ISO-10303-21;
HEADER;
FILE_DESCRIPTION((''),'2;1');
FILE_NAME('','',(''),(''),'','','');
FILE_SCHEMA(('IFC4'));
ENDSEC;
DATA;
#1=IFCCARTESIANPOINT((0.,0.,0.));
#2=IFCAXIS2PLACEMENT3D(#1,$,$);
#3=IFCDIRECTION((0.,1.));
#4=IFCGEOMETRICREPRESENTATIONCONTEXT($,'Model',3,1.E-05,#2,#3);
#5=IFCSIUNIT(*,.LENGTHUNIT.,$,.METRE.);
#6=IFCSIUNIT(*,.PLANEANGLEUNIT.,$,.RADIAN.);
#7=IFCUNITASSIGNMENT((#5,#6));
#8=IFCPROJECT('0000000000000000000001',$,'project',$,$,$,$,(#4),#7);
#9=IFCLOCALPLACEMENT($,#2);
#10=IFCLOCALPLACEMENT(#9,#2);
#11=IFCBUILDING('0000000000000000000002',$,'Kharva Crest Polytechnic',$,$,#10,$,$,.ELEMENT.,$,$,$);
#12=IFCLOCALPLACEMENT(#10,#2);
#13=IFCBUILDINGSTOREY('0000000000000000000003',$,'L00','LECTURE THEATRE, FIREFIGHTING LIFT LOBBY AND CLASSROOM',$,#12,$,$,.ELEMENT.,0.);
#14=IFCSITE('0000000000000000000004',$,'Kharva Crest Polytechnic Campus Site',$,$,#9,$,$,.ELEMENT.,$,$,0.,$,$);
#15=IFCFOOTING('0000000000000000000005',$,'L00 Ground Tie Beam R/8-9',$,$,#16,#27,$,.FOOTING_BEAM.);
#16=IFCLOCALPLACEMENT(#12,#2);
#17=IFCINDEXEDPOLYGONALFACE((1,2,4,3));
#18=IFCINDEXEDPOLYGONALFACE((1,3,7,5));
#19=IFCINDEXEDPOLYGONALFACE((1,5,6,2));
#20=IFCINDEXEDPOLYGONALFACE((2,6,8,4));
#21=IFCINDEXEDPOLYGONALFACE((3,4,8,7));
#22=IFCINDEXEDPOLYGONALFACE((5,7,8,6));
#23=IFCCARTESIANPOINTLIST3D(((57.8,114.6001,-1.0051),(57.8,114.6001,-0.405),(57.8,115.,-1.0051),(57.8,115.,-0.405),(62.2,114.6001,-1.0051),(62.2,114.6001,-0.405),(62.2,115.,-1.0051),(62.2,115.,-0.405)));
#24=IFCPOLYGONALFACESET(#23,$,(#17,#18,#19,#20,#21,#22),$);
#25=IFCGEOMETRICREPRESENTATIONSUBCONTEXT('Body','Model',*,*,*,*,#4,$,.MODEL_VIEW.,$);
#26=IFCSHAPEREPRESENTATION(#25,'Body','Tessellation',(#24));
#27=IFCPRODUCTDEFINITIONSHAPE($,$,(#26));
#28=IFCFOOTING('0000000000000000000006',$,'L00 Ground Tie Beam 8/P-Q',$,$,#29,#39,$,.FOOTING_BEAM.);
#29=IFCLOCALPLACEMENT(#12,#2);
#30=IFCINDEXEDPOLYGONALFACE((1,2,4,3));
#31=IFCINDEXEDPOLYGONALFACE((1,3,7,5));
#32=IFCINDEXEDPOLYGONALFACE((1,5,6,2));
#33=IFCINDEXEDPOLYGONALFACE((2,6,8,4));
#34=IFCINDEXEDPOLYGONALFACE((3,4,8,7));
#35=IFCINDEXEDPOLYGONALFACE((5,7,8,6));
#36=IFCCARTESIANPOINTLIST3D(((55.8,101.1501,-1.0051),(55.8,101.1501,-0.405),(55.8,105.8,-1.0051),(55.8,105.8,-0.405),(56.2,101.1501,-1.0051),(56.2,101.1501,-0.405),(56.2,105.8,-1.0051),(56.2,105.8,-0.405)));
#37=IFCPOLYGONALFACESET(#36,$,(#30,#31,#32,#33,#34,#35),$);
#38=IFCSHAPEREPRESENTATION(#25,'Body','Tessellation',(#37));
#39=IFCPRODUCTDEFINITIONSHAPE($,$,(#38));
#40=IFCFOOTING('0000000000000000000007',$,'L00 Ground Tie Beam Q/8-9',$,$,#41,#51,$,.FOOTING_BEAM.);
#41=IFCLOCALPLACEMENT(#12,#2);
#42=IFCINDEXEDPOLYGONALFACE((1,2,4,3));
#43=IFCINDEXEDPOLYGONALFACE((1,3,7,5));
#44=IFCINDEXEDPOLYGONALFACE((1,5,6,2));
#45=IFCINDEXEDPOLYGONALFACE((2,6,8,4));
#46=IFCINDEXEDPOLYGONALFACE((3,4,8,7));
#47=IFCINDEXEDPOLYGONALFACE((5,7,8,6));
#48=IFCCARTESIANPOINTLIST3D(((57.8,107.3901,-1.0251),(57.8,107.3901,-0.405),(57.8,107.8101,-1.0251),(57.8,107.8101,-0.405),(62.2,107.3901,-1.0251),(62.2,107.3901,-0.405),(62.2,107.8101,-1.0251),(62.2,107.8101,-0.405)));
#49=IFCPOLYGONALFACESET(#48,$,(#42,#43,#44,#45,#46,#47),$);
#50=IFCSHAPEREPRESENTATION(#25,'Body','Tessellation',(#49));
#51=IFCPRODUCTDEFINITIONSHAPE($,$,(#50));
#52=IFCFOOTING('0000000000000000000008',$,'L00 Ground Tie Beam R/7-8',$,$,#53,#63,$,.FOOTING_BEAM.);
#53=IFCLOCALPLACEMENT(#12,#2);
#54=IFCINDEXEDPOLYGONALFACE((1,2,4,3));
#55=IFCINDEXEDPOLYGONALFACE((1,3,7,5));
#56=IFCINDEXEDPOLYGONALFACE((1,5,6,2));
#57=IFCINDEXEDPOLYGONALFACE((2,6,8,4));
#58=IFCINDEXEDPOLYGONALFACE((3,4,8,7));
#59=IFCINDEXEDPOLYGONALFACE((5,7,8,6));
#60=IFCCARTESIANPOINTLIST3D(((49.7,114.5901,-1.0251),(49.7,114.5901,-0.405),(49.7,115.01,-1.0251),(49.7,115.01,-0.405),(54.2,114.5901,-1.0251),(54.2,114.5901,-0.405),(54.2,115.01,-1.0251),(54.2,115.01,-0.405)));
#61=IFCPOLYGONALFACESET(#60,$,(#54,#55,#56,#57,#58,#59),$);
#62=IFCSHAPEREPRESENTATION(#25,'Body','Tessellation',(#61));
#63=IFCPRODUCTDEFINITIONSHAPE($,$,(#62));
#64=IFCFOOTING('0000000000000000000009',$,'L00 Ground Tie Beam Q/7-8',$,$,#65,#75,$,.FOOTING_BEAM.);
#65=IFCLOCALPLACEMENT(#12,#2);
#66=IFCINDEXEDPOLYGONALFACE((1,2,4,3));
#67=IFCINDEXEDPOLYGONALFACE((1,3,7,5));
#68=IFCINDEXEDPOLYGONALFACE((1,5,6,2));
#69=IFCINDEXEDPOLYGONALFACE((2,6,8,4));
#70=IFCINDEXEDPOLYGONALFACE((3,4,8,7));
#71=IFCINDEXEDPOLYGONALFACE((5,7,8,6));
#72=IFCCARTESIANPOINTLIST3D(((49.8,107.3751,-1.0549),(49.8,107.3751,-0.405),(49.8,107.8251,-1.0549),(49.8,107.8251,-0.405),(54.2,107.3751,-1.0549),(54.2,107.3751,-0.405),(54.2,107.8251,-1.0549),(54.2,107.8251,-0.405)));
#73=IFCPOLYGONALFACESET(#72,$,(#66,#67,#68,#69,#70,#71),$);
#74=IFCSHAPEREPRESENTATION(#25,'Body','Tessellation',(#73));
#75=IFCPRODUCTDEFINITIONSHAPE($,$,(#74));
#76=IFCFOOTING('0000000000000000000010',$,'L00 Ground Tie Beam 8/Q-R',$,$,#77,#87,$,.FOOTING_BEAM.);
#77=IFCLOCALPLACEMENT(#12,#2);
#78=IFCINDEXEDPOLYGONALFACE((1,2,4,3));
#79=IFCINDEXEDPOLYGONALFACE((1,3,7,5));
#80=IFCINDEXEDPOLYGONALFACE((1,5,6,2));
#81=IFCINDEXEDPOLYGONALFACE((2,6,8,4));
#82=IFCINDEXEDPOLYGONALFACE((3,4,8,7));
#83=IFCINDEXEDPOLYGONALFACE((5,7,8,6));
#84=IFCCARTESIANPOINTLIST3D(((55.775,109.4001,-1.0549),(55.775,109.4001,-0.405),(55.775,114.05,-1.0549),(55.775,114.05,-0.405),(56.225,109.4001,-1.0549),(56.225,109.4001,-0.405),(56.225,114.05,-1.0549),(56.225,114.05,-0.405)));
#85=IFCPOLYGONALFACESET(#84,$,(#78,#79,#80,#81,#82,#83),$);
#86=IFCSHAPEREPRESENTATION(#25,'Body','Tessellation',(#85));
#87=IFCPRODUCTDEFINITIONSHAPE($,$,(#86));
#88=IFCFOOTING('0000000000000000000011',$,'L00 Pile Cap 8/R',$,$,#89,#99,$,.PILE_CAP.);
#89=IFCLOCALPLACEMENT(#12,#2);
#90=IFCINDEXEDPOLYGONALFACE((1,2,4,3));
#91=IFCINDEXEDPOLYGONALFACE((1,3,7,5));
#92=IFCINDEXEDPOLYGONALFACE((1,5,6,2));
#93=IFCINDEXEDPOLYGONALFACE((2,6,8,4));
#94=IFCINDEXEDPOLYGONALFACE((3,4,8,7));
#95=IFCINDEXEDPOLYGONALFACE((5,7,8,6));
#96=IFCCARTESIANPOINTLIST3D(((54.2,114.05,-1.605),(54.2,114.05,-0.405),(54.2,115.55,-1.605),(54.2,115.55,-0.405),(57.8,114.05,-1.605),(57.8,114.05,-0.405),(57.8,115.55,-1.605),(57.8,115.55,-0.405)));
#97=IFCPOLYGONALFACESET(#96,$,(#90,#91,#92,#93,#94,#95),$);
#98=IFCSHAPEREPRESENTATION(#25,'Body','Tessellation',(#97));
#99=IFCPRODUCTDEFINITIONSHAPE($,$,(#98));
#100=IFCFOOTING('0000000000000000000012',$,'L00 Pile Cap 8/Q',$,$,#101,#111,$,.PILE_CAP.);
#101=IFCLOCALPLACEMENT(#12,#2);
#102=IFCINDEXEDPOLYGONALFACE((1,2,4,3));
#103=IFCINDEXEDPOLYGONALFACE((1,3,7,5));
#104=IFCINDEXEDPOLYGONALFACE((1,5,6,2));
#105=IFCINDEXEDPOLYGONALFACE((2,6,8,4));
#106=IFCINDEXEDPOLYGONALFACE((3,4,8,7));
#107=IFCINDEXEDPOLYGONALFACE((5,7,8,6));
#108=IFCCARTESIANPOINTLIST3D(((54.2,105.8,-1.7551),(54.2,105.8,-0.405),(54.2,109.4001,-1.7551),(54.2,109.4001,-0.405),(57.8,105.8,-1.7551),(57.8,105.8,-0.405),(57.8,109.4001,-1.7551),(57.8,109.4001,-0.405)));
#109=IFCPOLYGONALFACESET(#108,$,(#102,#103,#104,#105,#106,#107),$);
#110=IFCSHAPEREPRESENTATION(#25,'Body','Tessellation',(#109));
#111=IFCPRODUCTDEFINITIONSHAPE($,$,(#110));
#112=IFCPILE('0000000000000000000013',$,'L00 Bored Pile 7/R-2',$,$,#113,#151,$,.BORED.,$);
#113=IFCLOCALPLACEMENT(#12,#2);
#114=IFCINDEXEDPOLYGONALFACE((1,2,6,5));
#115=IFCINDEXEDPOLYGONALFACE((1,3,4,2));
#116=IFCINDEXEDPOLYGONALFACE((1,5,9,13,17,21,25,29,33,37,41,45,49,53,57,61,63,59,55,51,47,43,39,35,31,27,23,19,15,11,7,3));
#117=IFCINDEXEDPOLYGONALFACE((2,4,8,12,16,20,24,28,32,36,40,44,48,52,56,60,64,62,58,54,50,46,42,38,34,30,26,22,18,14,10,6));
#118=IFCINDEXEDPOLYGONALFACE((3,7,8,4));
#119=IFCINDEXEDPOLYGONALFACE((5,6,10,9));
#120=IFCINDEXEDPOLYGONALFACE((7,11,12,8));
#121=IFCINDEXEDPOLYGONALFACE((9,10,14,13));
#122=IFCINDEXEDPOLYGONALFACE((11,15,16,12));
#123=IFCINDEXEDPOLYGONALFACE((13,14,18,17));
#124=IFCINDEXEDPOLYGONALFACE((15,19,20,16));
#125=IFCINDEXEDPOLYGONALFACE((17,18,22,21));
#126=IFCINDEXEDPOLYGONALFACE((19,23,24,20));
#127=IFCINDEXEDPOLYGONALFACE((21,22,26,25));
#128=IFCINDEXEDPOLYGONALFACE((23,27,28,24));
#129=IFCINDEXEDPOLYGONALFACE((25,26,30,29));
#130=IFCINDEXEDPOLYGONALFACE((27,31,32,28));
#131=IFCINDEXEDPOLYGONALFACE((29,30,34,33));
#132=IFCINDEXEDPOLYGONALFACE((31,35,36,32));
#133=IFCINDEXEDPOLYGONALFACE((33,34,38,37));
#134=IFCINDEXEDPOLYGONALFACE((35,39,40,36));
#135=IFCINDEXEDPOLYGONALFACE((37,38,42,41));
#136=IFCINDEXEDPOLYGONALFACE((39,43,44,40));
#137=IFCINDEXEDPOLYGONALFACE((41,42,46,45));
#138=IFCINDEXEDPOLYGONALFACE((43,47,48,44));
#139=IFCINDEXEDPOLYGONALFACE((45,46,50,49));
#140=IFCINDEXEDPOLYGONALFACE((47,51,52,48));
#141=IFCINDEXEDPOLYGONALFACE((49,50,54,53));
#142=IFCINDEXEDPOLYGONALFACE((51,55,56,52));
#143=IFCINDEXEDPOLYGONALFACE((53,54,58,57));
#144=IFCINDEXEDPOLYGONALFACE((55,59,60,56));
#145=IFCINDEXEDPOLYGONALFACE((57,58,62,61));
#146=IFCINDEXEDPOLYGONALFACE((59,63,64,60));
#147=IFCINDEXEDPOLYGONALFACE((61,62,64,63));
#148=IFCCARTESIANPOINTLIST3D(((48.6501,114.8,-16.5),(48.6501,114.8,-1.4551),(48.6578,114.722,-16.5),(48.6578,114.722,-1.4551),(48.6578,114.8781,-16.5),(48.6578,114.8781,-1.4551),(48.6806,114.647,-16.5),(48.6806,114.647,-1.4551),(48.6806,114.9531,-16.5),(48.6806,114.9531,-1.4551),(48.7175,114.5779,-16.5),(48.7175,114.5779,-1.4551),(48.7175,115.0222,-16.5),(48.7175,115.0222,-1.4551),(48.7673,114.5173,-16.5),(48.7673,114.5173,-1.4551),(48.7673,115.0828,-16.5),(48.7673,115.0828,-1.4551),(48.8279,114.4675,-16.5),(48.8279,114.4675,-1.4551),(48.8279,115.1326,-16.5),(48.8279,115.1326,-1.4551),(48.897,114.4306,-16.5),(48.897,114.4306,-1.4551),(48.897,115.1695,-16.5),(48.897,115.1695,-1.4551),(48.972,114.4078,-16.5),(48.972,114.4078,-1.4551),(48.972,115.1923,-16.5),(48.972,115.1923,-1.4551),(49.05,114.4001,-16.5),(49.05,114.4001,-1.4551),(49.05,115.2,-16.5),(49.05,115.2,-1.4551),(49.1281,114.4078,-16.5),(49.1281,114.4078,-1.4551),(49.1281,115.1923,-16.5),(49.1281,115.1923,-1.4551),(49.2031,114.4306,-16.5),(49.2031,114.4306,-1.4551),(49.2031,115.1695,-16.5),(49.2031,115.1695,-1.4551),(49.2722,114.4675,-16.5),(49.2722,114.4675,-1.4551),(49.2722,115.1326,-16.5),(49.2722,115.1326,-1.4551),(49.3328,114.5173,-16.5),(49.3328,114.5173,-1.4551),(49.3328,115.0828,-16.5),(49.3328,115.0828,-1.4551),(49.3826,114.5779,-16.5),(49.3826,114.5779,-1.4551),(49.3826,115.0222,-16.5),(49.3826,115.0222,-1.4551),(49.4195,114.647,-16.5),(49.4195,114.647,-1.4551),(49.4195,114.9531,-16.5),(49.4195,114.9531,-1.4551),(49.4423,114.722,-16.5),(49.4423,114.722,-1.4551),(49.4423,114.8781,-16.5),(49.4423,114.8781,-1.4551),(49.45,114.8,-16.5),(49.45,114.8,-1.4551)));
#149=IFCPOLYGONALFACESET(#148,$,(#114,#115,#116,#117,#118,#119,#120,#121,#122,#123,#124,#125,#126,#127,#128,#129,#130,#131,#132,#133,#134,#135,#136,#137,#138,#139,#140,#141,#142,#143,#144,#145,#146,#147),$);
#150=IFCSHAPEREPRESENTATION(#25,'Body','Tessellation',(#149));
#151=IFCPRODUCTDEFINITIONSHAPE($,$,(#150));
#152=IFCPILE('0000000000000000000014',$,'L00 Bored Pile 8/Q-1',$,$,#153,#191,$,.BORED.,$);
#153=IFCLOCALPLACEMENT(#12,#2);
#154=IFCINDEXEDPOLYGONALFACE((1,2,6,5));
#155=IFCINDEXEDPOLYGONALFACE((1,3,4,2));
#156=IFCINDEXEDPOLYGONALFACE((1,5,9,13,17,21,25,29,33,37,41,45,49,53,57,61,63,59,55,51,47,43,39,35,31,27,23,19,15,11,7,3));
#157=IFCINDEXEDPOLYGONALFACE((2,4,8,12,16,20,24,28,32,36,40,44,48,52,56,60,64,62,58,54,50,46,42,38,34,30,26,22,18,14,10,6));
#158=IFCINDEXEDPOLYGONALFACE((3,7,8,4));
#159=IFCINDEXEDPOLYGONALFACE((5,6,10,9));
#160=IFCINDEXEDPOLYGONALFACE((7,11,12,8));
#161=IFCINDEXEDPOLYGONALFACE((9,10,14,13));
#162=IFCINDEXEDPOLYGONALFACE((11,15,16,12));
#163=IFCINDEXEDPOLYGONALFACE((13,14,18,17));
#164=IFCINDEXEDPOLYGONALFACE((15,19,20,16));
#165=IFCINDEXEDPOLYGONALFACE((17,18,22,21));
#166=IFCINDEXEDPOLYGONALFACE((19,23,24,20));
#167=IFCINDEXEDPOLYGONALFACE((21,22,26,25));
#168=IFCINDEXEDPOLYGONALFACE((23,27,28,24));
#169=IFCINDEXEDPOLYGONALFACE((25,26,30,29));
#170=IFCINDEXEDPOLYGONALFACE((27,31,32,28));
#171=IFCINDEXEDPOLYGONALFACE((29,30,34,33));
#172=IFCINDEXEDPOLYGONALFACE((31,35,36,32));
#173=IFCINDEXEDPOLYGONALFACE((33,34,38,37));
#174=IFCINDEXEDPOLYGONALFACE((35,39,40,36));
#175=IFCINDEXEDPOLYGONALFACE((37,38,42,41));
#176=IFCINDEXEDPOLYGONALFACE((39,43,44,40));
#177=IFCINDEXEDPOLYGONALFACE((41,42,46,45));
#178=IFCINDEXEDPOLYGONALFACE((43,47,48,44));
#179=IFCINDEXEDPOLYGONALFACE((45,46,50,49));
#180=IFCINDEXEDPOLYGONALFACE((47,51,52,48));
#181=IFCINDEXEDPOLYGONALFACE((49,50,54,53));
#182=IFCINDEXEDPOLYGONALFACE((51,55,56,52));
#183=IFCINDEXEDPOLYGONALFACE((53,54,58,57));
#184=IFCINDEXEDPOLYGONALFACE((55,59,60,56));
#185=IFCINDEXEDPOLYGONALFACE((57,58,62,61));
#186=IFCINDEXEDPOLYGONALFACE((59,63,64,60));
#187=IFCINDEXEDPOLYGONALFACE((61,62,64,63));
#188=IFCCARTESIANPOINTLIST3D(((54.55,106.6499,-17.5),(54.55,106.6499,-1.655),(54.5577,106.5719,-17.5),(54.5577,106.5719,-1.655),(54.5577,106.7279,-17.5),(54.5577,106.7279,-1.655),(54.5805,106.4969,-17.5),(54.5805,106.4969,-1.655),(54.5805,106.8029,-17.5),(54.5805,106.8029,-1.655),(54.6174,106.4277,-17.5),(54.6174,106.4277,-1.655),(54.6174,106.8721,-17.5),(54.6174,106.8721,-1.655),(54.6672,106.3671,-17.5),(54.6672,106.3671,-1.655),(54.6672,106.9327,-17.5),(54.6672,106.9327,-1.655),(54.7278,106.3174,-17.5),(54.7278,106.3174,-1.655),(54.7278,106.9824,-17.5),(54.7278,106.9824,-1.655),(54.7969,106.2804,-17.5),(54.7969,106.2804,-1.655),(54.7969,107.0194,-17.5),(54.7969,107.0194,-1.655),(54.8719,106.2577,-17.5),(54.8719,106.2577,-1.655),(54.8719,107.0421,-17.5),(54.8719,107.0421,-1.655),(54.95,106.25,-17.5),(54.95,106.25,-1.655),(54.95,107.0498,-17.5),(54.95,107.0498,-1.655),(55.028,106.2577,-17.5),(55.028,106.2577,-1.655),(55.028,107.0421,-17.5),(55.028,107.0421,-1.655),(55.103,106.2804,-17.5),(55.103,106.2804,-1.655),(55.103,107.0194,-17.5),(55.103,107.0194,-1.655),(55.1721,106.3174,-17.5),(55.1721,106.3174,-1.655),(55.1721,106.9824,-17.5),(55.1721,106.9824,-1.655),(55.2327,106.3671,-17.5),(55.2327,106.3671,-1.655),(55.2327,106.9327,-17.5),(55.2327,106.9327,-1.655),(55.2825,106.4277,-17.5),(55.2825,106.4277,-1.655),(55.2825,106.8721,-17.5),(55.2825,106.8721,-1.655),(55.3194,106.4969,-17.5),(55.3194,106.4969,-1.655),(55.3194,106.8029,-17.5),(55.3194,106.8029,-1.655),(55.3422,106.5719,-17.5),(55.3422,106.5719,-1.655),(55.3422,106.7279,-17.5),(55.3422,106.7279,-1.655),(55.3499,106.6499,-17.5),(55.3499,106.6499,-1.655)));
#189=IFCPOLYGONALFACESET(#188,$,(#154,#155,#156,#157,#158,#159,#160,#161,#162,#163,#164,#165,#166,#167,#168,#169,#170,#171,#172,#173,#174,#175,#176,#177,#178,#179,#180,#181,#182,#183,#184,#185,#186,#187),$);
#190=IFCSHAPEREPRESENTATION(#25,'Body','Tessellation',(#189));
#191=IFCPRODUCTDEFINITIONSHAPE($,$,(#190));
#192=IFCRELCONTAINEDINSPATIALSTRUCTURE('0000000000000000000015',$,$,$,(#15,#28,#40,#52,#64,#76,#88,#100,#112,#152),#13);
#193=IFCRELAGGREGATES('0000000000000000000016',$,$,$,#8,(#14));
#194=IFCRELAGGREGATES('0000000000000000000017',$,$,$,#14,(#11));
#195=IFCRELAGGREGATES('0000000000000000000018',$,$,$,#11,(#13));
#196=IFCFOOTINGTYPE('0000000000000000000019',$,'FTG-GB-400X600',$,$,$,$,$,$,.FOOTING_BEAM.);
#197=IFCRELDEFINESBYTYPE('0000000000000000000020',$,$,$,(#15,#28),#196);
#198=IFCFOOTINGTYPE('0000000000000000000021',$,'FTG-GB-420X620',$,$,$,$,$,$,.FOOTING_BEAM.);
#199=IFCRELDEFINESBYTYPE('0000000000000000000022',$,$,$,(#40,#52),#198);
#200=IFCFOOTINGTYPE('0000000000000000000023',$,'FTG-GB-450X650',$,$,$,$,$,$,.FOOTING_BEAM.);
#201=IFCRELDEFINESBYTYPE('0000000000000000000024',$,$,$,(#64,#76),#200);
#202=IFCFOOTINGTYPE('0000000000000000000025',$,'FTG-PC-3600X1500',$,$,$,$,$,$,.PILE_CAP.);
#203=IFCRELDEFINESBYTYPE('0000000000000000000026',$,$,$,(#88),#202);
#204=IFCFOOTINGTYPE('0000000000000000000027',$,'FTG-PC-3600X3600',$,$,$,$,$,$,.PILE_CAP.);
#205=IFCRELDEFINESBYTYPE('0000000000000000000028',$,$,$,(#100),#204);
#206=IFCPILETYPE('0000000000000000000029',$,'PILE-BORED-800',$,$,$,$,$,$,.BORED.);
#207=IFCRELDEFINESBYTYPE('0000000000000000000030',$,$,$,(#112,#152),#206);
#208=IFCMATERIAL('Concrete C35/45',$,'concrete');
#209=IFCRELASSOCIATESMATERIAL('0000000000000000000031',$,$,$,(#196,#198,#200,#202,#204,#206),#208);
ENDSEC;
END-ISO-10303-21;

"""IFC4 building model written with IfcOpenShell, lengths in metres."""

from ifc_helpers import new_model, si_unit, direction, frame, origin, origin_2d, place, context, subcontext, project, spatial, rectangle, circle, extrude, material, material_profile, profile_set, type_object, element, save


model = new_model("IFC4")

# Units and contexts
model_context = context("Model", 3, precision=1e-05, world=origin(), true_north=direction((0.0, 1.0)))
body_context = subcontext(model_context, "Body", "Model", "MODEL_VIEW")
ifc_project = project(units=[si_unit("LENGTHUNIT", "METRE"), si_unit("PLANEANGLEUNIT", "RADIAN")], contexts=[model_context])

# Site, building, storey
site_placement = place(None, origin())
site = spatial("IfcSite", under=ifc_project, at=site_placement, Name="Kharva Crest Polytechnic Campus Site", CompositionType="ELEMENT", RefElevation=0.0)
building_placement = place(site_placement, origin())
building = spatial("IfcBuilding", under=site, at=building_placement, Name="Kharva Crest Polytechnic", CompositionType="ELEMENT")
storey_placement = place(building_placement, origin())
storey = spatial("IfcBuildingStorey", under=building, at=storey_placement, Name="L00", Description="LECTURE THEATRE, FIREFIGHTING LIFT LOBBY AND CLASSROOM", CompositionType="ELEMENT", Elevation=0.0)

# Footings
ifc_material_1 = material(Name="Concrete C35/45", Category="concrete")
footing_type_1 = type_object("IfcFootingType", Name="FTG-GB-400X600", PredefinedType="FOOTING_BEAM", material=ifc_material_1)
footing_1_placement = place(storey_placement, frame((60.0, 114.8, -1.0051), z_axis=(0.0, 0.0, 1.0), x_axis=(1.0, 0.0, 0.0)))
element("IfcFooting", 1, at=footing_1_placement, inside=storey, type_object=footing_type_1, Name="L00 Ground Tie Beam R/8-9", PredefinedType="FOOTING_BEAM", context=body_context, shape_type="SweptSolid", body=[
    extrude(rectangle(XDim=4.3999, YDim=0.3999, at=origin_2d()), origin(), (0.0, 0.0, 1.0), 0.6001),
])
footing_2_placement = place(storey_placement, frame((56.0, 103.4751, -1.0051), z_axis=(0.0, 0.0, 1.0), x_axis=(0.0, 1.0, 0.0)))
element("IfcFooting", 2, at=footing_2_placement, inside=storey, type_object=footing_type_1, Name="L00 Ground Tie Beam 8/P-Q", PredefinedType="FOOTING_BEAM", context=body_context, shape_type="SweptSolid", body=[
    extrude(rectangle(XDim=4.6499, YDim=0.3999, at=origin_2d()), origin(), (0.0, 0.0, 1.0), 0.6001),
])
footing_type_2 = type_object("IfcFootingType", Name="FTG-GB-420X620", PredefinedType="FOOTING_BEAM", material=ifc_material_1)
footing_3_placement = place(storey_placement, frame((60.0, 107.6001, -1.0251), z_axis=(0.0, 0.0, 1.0), x_axis=(1.0, 0.0, 0.0)))
element("IfcFooting", 3, at=footing_3_placement, inside=storey, type_object=footing_type_2, Name="L00 Ground Tie Beam Q/8-9", PredefinedType="FOOTING_BEAM", context=body_context, shape_type="SweptSolid", body=[
    extrude(rectangle(XDim=4.3999, YDim=0.4199, at=origin_2d()), origin(), (0.0, 0.0, 1.0), 0.6201),
])
footing_4_placement = place(storey_placement, frame((51.95, 114.8, -1.0251), z_axis=(0.0, 0.0, 1.0), x_axis=(1.0, 0.0, 0.0)))
element("IfcFooting", 4, at=footing_4_placement, inside=storey, type_object=footing_type_2, Name="L00 Ground Tie Beam R/7-8", PredefinedType="FOOTING_BEAM", context=body_context, shape_type="SweptSolid", body=[
    extrude(rectangle(XDim=4.5, YDim=0.4199, at=origin_2d()), origin(), (0.0, 0.0, 1.0), 0.6201),
])
footing_type_3 = type_object("IfcFootingType", Name="FTG-GB-450X650", PredefinedType="FOOTING_BEAM", material=ifc_material_1)
footing_5_placement = place(storey_placement, frame((52.0, 107.6001, -1.0549), z_axis=(0.0, 0.0, 1.0), x_axis=(1.0, 0.0, 0.0)))
element("IfcFooting", 5, at=footing_5_placement, inside=storey, type_object=footing_type_3, Name="L00 Ground Tie Beam Q/7-8", PredefinedType="FOOTING_BEAM", context=body_context, shape_type="SweptSolid", body=[
    extrude(rectangle(XDim=4.3999, YDim=0.45, at=origin_2d()), origin(), (0.0, 0.0, 1.0), 0.6499),
])
footing_6_placement = place(storey_placement, frame((56.0, 111.7251, -1.0549), z_axis=(0.0, 0.0, 1.0), x_axis=(0.0, 1.0, 0.0)))
element("IfcFooting", 6, at=footing_6_placement, inside=storey, type_object=footing_type_3, Name="L00 Ground Tie Beam 8/Q-R", PredefinedType="FOOTING_BEAM", context=body_context, shape_type="SweptSolid", body=[
    extrude(rectangle(XDim=4.6499, YDim=0.45, at=origin_2d()), origin(), (0.0, 0.0, 1.0), 0.6499),
])
footing_type_4 = type_object("IfcFootingType", Name="FTG-PC-3600X1500", PredefinedType="PILE_CAP", material=ifc_material_1)
footing_7_placement = place(storey_placement, frame((56.0, 114.8, -1.605), z_axis=(0.0, 0.0, 1.0), x_axis=(1.0, 0.0, 0.0)))
element("IfcFooting", 7, at=footing_7_placement, inside=storey, type_object=footing_type_4, Name="L00 Pile Cap 8/R", PredefinedType="PILE_CAP", context=body_context, shape_type="SweptSolid", body=[
    extrude(rectangle(XDim=3.6001, YDim=1.5, at=origin_2d()), origin(), (0.0, 0.0, 1.0), 1.2),
])
footing_type_5 = type_object("IfcFootingType", Name="FTG-PC-3600X3600", PredefinedType="PILE_CAP", material=ifc_material_1)
footing_8_placement = place(storey_placement, frame((56.0, 107.6001, -1.7551), z_axis=(0.0, 0.0, 1.0), x_axis=(1.0, 0.0, 0.0)))
element("IfcFooting", 8, at=footing_8_placement, inside=storey, type_object=footing_type_5, Name="L00 Pile Cap 8/Q", PredefinedType="PILE_CAP", context=body_context, shape_type="SweptSolid", body=[
    extrude(rectangle(XDim=3.6001, YDim=3.6001, at=origin_2d()), origin(), (0.0, 0.0, 1.0), 1.3501),
])

# Piles
ifc_material_profile_1 = material_profile(ifc_material_1, circle(Radius=0.3999, at=origin_2d()), Name="DIA 800")
ifc_profile_set_1 = profile_set([ifc_material_profile_1], Name="Concrete C35/45")
pile_type_1 = type_object("IfcPileType", Name="PILE-BORED-800", PredefinedType="BORED", material=ifc_profile_set_1)
pile_placement = place(storey_placement, frame((49.05, 114.8, -1.4551), z_axis=(0.0, 0.0, -1.0), x_axis=(1.0, 0.0, 0.0)))
element("IfcPile", 9, at=pile_placement, inside=storey, type_object=pile_type_1, Name="L00 Bored Pile 7/R-2", PredefinedType="BORED", context=body_context, shape_type="SweptSolid", body=[
    extrude(circle(Radius=0.3999, at=origin_2d()), origin(), (0.0, 0.0, 1.0), 15.0449),
])
for number, where, z_axis, x_axis, name in (
    (10, (54.95, 106.6499, -1.655), (0.0, 0.0, -1.0), (1.0, 0.0, 0.0), "L00 Bored Pile 8/Q-1"),
):
    element("IfcPile", number, at=place(storey_placement, frame(where, z_axis=z_axis, x_axis=x_axis)), inside=storey, type_object=pile_type_1, Name=name, PredefinedType="BORED", context=body_context, shape_type="SweptSolid", body=[
        extrude(circle(Radius=0.3999, at=origin_2d()), origin(), (0.0, 0.0, 1.0), 15.845),
    ])

save(model, "model.ifc")
